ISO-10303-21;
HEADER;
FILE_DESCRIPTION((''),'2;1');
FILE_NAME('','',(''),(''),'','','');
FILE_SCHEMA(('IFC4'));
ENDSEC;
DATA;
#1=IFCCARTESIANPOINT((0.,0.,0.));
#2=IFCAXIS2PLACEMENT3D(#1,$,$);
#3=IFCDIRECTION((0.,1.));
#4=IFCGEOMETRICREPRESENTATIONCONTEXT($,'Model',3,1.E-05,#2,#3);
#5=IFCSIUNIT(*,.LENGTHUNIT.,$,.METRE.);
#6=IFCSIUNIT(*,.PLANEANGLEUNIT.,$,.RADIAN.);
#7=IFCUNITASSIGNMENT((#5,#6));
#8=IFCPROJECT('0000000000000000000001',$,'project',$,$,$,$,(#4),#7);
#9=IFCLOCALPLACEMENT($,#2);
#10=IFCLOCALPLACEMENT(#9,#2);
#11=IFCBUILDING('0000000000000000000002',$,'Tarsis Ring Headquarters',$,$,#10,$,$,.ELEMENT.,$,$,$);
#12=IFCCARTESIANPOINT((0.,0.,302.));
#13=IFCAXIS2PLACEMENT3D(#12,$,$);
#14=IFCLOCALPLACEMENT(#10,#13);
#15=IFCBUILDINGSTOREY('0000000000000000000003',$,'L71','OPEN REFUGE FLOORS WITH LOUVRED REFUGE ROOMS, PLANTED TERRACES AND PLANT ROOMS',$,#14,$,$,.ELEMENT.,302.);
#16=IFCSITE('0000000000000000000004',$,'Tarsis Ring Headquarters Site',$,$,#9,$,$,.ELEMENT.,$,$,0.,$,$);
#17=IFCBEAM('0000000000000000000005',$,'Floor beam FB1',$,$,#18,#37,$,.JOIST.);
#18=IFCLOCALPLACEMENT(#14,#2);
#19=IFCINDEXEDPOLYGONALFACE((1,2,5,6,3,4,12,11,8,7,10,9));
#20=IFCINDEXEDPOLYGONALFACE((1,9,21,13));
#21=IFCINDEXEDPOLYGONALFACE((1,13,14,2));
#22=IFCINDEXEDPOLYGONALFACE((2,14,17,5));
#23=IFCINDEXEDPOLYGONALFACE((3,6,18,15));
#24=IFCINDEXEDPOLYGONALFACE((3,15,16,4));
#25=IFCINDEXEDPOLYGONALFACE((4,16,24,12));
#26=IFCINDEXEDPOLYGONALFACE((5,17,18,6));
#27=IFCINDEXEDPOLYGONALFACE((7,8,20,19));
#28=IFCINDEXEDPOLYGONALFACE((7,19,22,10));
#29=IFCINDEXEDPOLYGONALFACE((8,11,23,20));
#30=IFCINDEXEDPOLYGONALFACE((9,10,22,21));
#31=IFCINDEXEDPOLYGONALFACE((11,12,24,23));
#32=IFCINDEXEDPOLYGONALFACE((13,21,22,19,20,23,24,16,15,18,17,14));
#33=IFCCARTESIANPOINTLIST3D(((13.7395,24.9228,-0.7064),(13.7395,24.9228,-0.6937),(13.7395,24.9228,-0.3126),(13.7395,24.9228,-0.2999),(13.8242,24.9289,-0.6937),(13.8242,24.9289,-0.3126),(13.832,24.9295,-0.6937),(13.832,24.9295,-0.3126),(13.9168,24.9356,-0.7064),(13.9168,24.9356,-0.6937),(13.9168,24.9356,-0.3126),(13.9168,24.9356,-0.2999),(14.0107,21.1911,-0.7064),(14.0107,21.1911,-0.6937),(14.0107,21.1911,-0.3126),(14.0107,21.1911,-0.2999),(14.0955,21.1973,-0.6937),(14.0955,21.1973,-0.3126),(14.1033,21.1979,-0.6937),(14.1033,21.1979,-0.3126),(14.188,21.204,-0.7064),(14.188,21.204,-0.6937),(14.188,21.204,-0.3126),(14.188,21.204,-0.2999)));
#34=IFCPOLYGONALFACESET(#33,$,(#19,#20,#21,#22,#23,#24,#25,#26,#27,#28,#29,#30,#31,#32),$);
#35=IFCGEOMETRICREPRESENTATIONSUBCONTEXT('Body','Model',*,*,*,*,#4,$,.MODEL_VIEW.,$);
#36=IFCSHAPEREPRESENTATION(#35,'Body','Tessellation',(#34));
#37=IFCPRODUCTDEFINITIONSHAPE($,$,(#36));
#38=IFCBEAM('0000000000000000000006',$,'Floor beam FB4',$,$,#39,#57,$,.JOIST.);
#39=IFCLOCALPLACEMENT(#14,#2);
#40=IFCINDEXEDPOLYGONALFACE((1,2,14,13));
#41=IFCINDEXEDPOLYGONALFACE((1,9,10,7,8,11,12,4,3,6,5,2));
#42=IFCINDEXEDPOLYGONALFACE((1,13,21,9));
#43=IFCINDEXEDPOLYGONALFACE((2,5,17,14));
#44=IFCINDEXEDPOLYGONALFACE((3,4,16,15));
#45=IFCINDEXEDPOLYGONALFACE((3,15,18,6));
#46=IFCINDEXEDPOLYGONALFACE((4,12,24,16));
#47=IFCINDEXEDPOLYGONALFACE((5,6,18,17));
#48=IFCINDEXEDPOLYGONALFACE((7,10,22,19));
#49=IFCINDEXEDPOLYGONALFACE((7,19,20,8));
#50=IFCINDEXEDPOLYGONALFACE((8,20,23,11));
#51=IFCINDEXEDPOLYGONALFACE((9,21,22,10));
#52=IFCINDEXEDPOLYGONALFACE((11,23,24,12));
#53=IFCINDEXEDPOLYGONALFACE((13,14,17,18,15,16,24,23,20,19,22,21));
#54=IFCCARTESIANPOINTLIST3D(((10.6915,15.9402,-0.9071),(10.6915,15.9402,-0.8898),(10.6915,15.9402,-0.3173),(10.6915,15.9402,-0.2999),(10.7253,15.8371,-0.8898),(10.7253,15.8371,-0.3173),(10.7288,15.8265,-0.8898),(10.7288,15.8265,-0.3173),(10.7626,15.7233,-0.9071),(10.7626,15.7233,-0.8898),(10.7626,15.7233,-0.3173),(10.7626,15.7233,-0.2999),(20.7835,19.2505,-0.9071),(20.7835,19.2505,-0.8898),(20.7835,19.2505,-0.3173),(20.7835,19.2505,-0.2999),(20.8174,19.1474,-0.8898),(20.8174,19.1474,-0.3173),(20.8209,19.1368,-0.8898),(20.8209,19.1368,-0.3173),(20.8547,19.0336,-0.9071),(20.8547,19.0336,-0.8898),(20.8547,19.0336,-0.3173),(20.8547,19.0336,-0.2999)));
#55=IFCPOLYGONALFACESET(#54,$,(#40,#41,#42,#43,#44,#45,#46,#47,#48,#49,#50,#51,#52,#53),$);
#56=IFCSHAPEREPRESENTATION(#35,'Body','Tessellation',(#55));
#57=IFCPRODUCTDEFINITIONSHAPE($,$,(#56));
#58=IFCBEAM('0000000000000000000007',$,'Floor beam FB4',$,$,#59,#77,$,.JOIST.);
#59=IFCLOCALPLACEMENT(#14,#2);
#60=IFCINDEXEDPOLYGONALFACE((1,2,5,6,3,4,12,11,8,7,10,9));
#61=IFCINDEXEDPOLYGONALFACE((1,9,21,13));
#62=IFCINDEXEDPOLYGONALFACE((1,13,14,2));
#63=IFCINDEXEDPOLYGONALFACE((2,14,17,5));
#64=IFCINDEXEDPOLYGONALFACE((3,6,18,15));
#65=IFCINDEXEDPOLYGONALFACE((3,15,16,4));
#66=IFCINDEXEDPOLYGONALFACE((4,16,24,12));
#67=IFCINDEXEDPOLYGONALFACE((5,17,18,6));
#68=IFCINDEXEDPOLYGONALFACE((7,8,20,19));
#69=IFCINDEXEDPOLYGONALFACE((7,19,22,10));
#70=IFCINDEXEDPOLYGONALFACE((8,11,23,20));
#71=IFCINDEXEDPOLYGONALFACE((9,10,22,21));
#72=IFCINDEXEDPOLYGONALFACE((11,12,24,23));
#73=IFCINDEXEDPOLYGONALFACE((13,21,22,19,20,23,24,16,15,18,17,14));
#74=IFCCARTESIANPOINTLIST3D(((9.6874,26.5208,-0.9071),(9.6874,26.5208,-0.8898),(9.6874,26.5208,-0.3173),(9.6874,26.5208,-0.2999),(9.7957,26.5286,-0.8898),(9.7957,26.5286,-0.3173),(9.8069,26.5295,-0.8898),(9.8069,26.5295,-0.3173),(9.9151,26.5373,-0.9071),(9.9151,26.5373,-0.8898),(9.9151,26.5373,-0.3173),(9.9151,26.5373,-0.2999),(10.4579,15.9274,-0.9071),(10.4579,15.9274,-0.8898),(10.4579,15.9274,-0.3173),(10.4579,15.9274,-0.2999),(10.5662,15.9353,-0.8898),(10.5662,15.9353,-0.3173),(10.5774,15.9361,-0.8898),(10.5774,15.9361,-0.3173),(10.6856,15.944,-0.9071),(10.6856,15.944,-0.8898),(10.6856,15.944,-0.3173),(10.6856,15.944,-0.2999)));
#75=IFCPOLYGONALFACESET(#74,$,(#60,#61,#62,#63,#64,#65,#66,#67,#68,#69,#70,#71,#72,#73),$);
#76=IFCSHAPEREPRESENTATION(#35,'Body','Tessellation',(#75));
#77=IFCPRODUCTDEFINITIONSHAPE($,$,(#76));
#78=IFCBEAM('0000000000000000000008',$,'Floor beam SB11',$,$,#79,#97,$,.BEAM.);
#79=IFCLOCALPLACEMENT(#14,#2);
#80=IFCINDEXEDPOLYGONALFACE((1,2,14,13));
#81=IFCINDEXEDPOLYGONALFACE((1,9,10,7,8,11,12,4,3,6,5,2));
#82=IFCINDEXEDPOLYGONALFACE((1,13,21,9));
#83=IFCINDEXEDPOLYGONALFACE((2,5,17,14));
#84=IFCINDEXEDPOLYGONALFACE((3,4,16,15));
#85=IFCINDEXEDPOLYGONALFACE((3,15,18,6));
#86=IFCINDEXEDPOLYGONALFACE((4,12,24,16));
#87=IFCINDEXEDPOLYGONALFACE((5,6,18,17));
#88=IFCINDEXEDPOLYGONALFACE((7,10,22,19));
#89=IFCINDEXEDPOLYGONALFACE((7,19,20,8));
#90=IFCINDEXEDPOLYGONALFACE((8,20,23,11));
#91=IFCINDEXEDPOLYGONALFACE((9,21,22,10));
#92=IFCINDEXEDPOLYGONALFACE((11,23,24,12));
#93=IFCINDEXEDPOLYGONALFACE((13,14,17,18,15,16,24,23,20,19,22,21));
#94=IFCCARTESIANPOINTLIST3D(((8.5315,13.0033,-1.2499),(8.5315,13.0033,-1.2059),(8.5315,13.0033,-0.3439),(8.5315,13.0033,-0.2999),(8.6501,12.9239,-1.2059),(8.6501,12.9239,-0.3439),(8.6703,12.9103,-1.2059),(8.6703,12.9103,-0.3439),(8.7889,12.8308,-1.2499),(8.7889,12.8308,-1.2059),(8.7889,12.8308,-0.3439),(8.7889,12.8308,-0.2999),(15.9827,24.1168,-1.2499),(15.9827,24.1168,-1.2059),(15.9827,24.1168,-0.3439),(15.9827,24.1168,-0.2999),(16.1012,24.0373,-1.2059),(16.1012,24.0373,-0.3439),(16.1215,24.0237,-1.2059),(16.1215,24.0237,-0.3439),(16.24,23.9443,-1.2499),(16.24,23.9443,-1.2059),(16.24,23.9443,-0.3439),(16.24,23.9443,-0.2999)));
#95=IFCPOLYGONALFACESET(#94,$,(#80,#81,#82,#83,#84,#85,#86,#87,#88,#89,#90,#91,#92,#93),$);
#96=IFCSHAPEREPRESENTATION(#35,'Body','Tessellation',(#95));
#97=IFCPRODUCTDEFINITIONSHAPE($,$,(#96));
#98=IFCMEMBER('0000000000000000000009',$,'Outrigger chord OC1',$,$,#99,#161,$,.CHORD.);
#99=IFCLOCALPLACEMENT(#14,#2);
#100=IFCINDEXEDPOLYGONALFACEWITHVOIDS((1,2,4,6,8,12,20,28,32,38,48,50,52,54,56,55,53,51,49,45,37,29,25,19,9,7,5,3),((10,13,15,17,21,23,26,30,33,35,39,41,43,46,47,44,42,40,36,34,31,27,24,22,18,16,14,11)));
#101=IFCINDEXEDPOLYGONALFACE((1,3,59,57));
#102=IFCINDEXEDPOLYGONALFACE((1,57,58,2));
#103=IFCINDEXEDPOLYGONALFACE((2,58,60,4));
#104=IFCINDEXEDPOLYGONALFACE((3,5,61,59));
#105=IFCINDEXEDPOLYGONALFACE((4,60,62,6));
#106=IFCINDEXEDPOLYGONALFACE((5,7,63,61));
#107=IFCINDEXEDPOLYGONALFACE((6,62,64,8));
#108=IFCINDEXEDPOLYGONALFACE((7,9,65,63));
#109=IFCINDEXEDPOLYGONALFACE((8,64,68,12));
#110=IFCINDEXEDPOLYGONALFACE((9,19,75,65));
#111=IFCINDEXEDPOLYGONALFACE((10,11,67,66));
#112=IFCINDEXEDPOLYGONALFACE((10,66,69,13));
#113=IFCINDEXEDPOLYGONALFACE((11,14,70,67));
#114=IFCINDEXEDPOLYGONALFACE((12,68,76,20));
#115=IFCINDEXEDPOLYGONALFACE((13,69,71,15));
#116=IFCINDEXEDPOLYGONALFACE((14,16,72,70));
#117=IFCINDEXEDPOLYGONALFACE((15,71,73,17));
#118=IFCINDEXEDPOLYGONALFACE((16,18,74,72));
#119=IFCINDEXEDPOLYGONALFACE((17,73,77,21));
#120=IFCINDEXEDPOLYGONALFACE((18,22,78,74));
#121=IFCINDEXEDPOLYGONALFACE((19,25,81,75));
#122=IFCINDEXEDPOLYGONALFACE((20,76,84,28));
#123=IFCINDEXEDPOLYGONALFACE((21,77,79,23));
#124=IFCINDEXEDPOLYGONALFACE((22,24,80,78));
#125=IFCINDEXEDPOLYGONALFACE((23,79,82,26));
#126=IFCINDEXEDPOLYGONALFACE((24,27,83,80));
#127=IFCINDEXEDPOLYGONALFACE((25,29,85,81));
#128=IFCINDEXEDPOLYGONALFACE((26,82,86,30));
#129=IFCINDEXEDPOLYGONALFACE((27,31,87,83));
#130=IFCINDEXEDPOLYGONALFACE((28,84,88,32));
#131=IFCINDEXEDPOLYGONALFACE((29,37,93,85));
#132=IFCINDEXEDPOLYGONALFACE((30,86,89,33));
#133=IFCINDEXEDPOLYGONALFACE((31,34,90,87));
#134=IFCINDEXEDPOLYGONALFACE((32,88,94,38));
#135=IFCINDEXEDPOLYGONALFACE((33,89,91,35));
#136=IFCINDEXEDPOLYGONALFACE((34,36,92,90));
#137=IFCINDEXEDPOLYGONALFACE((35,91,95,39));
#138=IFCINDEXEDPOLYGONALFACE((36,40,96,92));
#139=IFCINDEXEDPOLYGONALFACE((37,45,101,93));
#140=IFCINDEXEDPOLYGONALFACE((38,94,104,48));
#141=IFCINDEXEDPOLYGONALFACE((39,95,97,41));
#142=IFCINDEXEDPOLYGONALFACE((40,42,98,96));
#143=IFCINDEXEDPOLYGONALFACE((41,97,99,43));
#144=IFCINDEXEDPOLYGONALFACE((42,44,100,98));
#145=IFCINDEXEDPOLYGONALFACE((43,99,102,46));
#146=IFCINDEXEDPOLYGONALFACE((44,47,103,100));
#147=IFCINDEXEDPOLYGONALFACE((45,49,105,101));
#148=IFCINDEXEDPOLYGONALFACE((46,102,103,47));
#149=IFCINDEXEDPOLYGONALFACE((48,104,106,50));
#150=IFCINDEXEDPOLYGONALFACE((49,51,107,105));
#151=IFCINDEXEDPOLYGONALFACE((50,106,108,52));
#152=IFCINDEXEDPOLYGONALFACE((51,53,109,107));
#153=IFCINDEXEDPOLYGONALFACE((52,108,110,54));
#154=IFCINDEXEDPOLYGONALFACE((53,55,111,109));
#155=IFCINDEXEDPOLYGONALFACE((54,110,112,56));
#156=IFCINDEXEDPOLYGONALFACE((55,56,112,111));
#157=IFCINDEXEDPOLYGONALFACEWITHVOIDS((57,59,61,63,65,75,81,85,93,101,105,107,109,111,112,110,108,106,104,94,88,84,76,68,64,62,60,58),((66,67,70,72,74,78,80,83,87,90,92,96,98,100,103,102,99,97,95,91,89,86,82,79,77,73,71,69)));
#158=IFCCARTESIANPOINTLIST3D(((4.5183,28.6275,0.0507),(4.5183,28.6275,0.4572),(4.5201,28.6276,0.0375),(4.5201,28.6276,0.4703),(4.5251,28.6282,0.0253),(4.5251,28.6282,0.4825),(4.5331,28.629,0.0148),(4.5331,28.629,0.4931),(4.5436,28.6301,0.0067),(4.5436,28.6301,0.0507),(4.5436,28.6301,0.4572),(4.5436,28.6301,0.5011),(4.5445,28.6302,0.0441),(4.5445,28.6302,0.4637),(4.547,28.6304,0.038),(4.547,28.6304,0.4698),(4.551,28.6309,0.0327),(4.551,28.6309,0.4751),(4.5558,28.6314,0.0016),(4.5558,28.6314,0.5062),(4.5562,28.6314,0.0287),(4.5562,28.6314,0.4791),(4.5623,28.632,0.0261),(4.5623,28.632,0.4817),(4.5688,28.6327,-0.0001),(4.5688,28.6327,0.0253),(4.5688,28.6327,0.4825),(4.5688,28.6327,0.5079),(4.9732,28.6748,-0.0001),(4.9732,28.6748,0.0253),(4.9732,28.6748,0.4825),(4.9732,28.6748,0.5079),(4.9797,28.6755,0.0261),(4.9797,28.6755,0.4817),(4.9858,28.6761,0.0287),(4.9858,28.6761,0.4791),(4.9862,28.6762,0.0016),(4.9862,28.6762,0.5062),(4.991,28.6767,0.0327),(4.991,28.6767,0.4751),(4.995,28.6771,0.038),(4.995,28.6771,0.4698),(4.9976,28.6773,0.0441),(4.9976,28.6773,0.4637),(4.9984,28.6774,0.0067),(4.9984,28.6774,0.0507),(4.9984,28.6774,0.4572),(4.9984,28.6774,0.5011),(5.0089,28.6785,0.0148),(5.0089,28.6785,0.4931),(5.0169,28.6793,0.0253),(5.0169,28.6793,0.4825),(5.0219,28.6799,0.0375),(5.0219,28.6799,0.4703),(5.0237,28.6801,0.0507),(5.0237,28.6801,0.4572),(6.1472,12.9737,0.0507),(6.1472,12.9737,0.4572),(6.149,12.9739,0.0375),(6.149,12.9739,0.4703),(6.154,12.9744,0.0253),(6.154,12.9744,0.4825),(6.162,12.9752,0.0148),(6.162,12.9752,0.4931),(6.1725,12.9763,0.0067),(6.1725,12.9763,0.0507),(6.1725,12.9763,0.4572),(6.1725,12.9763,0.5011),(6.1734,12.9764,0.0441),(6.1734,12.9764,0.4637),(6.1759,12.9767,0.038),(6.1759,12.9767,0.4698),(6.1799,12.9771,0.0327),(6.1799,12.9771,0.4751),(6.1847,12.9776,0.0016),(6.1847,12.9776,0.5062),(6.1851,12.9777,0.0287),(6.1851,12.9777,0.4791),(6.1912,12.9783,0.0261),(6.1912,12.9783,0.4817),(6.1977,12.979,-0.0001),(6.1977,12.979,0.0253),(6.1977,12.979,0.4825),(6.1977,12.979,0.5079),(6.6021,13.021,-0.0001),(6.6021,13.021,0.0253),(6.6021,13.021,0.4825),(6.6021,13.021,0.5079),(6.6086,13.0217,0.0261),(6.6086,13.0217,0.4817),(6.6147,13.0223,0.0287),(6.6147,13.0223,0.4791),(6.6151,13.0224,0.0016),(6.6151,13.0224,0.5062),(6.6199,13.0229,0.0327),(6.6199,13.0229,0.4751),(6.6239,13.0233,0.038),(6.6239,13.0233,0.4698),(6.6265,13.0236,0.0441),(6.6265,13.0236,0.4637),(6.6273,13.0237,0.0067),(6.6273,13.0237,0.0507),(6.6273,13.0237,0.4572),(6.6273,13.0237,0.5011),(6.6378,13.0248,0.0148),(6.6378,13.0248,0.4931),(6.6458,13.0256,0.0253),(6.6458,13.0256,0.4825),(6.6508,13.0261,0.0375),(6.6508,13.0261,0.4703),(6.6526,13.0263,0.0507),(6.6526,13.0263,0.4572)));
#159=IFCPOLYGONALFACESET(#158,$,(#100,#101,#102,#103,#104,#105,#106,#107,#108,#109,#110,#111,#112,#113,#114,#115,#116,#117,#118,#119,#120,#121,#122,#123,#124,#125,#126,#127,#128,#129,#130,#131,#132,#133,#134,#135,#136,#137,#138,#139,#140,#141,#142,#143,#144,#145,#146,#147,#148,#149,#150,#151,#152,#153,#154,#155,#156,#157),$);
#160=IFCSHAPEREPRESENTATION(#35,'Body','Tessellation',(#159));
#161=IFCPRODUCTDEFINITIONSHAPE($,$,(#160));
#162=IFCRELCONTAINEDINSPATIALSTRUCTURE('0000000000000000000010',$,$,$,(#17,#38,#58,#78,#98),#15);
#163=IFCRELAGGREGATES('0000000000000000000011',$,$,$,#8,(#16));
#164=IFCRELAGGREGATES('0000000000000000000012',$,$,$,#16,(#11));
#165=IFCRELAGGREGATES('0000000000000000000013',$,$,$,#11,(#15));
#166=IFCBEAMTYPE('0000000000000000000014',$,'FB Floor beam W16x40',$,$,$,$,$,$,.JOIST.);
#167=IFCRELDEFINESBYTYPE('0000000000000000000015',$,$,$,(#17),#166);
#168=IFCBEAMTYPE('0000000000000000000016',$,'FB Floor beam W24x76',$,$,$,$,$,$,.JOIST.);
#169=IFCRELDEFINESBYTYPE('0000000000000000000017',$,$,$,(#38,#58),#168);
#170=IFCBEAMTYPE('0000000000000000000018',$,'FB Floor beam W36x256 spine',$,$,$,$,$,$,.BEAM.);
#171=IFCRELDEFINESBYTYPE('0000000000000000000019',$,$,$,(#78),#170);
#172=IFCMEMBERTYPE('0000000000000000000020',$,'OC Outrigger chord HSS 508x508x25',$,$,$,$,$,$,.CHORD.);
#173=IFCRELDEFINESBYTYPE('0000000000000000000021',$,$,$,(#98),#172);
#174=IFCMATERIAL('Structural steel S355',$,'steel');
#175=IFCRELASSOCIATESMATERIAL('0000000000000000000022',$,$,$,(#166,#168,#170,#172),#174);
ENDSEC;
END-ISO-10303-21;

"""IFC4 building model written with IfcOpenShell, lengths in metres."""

from ifc_helpers import new_model, si_unit, direction, frame, origin, origin_2d, place, context, subcontext, project, spatial, hollow_rectangle, i_section, extrude, material, material_profile, profile_set, type_object, element, save


model = new_model("IFC4")

# Units and contexts
model_context = context("Model", 3, precision=1e-05, world=origin(), true_north=direction((0.0, 1.0)))
body_context = subcontext(model_context, "Body", "Model", "MODEL_VIEW")
ifc_project = project(units=[si_unit("LENGTHUNIT", "METRE"), si_unit("PLANEANGLEUNIT", "RADIAN")], contexts=[model_context])

# Site, building, storey
site_placement = place(None, origin())
site = spatial("IfcSite", under=ifc_project, at=site_placement, Name="Tarsis Ring Headquarters Site", CompositionType="ELEMENT", RefElevation=0.0)
building_placement = place(site_placement, origin())
building = spatial("IfcBuilding", under=site, at=building_placement, Name="Tarsis Ring Headquarters", CompositionType="ELEMENT")
storey_placement = place(building_placement, frame((0.0, 0.0, 302.0)))
storey = spatial("IfcBuildingStorey", under=building, at=storey_placement, Name="L71", Description="OPEN REFUGE FLOORS WITH LOUVRED REFUGE ROOMS, PLANTED TERRACES AND PLANT ROOMS", CompositionType="ELEMENT", Elevation=302.0)

# Shared definitions
ifc_material_1 = material(Name="Structural steel S355", Category="steel")

# Beams
ifc_material_profile_1 = material_profile(ifc_material_1, i_section(OverallWidth=0.1777, OverallDepth=0.4065, WebThickness=0.0078, FlangeThickness=0.0127, at=origin_2d()), Name="W16x40")
ifc_profile_set_1 = profile_set([ifc_material_profile_1], Name="Structural steel S355")
beam_type_1 = type_object("IfcBeamType", Name="FB Floor beam W16x40", PredefinedType="JOIST", material=ifc_profile_set_1)
for number, where, z_axis, x_axis, name in (
    (1, (13.8281, 24.9292, -0.5032), (0.072494, -0.997369, 0.0), (0.997369, 0.072494, 0.0), "Floor beam FB1"),
):
    element("IfcBeam", number, at=place(storey_placement, frame(where, z_axis=z_axis, x_axis=x_axis)), inside=storey, type_object=beam_type_1, Name=name, PredefinedType="JOIST", context=body_context, shape_type="SweptSolid", body=[
        extrude(i_section(OverallWidth=0.1777, OverallDepth=0.4065, WebThickness=0.0078, FlangeThickness=0.0127, at=origin_2d()), origin(), (0.0, 0.0, 1.0), 3.7415),
    ])
ifc_material_profile_2 = material_profile(ifc_material_1, i_section(OverallWidth=0.2283, OverallDepth=0.6072, WebThickness=0.0112, FlangeThickness=0.0173, at=origin_2d()), Name="W24x76")
ifc_profile_set_2 = profile_set([ifc_material_profile_2], Name="Structural steel S355")
beam_type_2 = type_object("IfcBeamType", Name="FB Floor beam W24x76", PredefinedType="JOIST", material=ifc_profile_set_2)
beam_1_placement = place(storey_placement, frame((10.7271, 15.8318, -0.6035), z_axis=(0.950189, 0.311673, 0.0), x_axis=(-0.311673, 0.950189, 0.0)))
element("IfcBeam", 2, at=beam_1_placement, inside=storey, type_object=beam_type_2, Name="Floor beam FB4", PredefinedType="JOIST", context=body_context, shape_type="SweptSolid", body=[
    extrude(i_section(OverallWidth=0.2283, OverallDepth=0.6072, WebThickness=0.0112, FlangeThickness=0.0173, at=origin_2d()), origin(), (0.0, 0.0, 1.0), 10.6211),
])
beam_2_placement = place(storey_placement, frame((9.8013, 26.5291, -0.6035), z_axis=(0.072544, -0.997365, 0.0), x_axis=(0.997365, 0.072544, 0.0)))
element("IfcBeam", 3, at=beam_2_placement, inside=storey, type_object=beam_type_2, Name="Floor beam FB4", PredefinedType="JOIST", context=body_context, shape_type="SweptSolid", body=[
    extrude(i_section(OverallWidth=0.2283, OverallDepth=0.6072, WebThickness=0.0112, FlangeThickness=0.0173, at=origin_2d()), origin(), (0.0, 0.0, 1.0), 10.6213),
])
ifc_material_profile_3 = material_profile(ifc_material_1, i_section(OverallWidth=0.3098, OverallDepth=0.95, WebThickness=0.0244, FlangeThickness=0.0439, at=origin_2d()), Name="W36x256")
ifc_profile_set_3 = profile_set([ifc_material_profile_3], Name="Structural steel S355")
beam_type_3 = type_object("IfcBeamType", Name="FB Floor beam W36x256 spine", PredefinedType="BEAM", material=ifc_profile_set_3)
beam_3_placement = place(storey_placement, frame((16.1113, 24.0305, -0.7749), z_axis=(-0.556879, -0.830593, 0.0), x_axis=(0.830593, -0.556879, 0.0)))
element("IfcBeam", 4, at=beam_3_placement, inside=storey, type_object=beam_type_3, Name="Floor beam SB11", PredefinedType="BEAM", context=body_context, shape_type="SweptSolid", body=[
    extrude(i_section(OverallWidth=0.3098, OverallDepth=0.95, WebThickness=0.0244, FlangeThickness=0.0439, at=origin_2d()), origin(), (0.0, 0.0, 1.0), 13.3801),
])

# Member
ifc_material_profile_4 = material_profile(ifc_material_1, hollow_rectangle(XDim=0.5081, YDim=0.5081, WallThickness=0.0254, InnerFilletRadius=0.0254, OuterFilletRadius=0.0508, at=origin_2d()), Name="HSS 508x508x25")
ifc_profile_set_4 = profile_set([ifc_material_profile_4], Name="Structural steel S355")
member_type_1 = type_object("IfcMemberType", Name="OC Outrigger chord HSS 508x508x25", PredefinedType="CHORD", material=ifc_profile_set_4)
member_1_placement = place(storey_placement, frame((6.3999, 13.0, 0.2539), z_axis=(-0.103499, 0.99463, 0.0), x_axis=(-0.99463, -0.103499, 0.0)))
element("IfcMember", 5, at=member_1_placement, inside=storey, type_object=member_type_1, Name="Outrigger chord OC1", PredefinedType="CHORD", context=body_context, shape_type="SweptSolid", body=[
    extrude(hollow_rectangle(XDim=0.5081, YDim=0.5081, WallThickness=0.0254, InnerFilletRadius=0.0254, OuterFilletRadius=0.0508, at=origin_2d()), origin(), (0.0, 0.0, 1.0), 15.7383),
])

save(model, "model.ifc")
